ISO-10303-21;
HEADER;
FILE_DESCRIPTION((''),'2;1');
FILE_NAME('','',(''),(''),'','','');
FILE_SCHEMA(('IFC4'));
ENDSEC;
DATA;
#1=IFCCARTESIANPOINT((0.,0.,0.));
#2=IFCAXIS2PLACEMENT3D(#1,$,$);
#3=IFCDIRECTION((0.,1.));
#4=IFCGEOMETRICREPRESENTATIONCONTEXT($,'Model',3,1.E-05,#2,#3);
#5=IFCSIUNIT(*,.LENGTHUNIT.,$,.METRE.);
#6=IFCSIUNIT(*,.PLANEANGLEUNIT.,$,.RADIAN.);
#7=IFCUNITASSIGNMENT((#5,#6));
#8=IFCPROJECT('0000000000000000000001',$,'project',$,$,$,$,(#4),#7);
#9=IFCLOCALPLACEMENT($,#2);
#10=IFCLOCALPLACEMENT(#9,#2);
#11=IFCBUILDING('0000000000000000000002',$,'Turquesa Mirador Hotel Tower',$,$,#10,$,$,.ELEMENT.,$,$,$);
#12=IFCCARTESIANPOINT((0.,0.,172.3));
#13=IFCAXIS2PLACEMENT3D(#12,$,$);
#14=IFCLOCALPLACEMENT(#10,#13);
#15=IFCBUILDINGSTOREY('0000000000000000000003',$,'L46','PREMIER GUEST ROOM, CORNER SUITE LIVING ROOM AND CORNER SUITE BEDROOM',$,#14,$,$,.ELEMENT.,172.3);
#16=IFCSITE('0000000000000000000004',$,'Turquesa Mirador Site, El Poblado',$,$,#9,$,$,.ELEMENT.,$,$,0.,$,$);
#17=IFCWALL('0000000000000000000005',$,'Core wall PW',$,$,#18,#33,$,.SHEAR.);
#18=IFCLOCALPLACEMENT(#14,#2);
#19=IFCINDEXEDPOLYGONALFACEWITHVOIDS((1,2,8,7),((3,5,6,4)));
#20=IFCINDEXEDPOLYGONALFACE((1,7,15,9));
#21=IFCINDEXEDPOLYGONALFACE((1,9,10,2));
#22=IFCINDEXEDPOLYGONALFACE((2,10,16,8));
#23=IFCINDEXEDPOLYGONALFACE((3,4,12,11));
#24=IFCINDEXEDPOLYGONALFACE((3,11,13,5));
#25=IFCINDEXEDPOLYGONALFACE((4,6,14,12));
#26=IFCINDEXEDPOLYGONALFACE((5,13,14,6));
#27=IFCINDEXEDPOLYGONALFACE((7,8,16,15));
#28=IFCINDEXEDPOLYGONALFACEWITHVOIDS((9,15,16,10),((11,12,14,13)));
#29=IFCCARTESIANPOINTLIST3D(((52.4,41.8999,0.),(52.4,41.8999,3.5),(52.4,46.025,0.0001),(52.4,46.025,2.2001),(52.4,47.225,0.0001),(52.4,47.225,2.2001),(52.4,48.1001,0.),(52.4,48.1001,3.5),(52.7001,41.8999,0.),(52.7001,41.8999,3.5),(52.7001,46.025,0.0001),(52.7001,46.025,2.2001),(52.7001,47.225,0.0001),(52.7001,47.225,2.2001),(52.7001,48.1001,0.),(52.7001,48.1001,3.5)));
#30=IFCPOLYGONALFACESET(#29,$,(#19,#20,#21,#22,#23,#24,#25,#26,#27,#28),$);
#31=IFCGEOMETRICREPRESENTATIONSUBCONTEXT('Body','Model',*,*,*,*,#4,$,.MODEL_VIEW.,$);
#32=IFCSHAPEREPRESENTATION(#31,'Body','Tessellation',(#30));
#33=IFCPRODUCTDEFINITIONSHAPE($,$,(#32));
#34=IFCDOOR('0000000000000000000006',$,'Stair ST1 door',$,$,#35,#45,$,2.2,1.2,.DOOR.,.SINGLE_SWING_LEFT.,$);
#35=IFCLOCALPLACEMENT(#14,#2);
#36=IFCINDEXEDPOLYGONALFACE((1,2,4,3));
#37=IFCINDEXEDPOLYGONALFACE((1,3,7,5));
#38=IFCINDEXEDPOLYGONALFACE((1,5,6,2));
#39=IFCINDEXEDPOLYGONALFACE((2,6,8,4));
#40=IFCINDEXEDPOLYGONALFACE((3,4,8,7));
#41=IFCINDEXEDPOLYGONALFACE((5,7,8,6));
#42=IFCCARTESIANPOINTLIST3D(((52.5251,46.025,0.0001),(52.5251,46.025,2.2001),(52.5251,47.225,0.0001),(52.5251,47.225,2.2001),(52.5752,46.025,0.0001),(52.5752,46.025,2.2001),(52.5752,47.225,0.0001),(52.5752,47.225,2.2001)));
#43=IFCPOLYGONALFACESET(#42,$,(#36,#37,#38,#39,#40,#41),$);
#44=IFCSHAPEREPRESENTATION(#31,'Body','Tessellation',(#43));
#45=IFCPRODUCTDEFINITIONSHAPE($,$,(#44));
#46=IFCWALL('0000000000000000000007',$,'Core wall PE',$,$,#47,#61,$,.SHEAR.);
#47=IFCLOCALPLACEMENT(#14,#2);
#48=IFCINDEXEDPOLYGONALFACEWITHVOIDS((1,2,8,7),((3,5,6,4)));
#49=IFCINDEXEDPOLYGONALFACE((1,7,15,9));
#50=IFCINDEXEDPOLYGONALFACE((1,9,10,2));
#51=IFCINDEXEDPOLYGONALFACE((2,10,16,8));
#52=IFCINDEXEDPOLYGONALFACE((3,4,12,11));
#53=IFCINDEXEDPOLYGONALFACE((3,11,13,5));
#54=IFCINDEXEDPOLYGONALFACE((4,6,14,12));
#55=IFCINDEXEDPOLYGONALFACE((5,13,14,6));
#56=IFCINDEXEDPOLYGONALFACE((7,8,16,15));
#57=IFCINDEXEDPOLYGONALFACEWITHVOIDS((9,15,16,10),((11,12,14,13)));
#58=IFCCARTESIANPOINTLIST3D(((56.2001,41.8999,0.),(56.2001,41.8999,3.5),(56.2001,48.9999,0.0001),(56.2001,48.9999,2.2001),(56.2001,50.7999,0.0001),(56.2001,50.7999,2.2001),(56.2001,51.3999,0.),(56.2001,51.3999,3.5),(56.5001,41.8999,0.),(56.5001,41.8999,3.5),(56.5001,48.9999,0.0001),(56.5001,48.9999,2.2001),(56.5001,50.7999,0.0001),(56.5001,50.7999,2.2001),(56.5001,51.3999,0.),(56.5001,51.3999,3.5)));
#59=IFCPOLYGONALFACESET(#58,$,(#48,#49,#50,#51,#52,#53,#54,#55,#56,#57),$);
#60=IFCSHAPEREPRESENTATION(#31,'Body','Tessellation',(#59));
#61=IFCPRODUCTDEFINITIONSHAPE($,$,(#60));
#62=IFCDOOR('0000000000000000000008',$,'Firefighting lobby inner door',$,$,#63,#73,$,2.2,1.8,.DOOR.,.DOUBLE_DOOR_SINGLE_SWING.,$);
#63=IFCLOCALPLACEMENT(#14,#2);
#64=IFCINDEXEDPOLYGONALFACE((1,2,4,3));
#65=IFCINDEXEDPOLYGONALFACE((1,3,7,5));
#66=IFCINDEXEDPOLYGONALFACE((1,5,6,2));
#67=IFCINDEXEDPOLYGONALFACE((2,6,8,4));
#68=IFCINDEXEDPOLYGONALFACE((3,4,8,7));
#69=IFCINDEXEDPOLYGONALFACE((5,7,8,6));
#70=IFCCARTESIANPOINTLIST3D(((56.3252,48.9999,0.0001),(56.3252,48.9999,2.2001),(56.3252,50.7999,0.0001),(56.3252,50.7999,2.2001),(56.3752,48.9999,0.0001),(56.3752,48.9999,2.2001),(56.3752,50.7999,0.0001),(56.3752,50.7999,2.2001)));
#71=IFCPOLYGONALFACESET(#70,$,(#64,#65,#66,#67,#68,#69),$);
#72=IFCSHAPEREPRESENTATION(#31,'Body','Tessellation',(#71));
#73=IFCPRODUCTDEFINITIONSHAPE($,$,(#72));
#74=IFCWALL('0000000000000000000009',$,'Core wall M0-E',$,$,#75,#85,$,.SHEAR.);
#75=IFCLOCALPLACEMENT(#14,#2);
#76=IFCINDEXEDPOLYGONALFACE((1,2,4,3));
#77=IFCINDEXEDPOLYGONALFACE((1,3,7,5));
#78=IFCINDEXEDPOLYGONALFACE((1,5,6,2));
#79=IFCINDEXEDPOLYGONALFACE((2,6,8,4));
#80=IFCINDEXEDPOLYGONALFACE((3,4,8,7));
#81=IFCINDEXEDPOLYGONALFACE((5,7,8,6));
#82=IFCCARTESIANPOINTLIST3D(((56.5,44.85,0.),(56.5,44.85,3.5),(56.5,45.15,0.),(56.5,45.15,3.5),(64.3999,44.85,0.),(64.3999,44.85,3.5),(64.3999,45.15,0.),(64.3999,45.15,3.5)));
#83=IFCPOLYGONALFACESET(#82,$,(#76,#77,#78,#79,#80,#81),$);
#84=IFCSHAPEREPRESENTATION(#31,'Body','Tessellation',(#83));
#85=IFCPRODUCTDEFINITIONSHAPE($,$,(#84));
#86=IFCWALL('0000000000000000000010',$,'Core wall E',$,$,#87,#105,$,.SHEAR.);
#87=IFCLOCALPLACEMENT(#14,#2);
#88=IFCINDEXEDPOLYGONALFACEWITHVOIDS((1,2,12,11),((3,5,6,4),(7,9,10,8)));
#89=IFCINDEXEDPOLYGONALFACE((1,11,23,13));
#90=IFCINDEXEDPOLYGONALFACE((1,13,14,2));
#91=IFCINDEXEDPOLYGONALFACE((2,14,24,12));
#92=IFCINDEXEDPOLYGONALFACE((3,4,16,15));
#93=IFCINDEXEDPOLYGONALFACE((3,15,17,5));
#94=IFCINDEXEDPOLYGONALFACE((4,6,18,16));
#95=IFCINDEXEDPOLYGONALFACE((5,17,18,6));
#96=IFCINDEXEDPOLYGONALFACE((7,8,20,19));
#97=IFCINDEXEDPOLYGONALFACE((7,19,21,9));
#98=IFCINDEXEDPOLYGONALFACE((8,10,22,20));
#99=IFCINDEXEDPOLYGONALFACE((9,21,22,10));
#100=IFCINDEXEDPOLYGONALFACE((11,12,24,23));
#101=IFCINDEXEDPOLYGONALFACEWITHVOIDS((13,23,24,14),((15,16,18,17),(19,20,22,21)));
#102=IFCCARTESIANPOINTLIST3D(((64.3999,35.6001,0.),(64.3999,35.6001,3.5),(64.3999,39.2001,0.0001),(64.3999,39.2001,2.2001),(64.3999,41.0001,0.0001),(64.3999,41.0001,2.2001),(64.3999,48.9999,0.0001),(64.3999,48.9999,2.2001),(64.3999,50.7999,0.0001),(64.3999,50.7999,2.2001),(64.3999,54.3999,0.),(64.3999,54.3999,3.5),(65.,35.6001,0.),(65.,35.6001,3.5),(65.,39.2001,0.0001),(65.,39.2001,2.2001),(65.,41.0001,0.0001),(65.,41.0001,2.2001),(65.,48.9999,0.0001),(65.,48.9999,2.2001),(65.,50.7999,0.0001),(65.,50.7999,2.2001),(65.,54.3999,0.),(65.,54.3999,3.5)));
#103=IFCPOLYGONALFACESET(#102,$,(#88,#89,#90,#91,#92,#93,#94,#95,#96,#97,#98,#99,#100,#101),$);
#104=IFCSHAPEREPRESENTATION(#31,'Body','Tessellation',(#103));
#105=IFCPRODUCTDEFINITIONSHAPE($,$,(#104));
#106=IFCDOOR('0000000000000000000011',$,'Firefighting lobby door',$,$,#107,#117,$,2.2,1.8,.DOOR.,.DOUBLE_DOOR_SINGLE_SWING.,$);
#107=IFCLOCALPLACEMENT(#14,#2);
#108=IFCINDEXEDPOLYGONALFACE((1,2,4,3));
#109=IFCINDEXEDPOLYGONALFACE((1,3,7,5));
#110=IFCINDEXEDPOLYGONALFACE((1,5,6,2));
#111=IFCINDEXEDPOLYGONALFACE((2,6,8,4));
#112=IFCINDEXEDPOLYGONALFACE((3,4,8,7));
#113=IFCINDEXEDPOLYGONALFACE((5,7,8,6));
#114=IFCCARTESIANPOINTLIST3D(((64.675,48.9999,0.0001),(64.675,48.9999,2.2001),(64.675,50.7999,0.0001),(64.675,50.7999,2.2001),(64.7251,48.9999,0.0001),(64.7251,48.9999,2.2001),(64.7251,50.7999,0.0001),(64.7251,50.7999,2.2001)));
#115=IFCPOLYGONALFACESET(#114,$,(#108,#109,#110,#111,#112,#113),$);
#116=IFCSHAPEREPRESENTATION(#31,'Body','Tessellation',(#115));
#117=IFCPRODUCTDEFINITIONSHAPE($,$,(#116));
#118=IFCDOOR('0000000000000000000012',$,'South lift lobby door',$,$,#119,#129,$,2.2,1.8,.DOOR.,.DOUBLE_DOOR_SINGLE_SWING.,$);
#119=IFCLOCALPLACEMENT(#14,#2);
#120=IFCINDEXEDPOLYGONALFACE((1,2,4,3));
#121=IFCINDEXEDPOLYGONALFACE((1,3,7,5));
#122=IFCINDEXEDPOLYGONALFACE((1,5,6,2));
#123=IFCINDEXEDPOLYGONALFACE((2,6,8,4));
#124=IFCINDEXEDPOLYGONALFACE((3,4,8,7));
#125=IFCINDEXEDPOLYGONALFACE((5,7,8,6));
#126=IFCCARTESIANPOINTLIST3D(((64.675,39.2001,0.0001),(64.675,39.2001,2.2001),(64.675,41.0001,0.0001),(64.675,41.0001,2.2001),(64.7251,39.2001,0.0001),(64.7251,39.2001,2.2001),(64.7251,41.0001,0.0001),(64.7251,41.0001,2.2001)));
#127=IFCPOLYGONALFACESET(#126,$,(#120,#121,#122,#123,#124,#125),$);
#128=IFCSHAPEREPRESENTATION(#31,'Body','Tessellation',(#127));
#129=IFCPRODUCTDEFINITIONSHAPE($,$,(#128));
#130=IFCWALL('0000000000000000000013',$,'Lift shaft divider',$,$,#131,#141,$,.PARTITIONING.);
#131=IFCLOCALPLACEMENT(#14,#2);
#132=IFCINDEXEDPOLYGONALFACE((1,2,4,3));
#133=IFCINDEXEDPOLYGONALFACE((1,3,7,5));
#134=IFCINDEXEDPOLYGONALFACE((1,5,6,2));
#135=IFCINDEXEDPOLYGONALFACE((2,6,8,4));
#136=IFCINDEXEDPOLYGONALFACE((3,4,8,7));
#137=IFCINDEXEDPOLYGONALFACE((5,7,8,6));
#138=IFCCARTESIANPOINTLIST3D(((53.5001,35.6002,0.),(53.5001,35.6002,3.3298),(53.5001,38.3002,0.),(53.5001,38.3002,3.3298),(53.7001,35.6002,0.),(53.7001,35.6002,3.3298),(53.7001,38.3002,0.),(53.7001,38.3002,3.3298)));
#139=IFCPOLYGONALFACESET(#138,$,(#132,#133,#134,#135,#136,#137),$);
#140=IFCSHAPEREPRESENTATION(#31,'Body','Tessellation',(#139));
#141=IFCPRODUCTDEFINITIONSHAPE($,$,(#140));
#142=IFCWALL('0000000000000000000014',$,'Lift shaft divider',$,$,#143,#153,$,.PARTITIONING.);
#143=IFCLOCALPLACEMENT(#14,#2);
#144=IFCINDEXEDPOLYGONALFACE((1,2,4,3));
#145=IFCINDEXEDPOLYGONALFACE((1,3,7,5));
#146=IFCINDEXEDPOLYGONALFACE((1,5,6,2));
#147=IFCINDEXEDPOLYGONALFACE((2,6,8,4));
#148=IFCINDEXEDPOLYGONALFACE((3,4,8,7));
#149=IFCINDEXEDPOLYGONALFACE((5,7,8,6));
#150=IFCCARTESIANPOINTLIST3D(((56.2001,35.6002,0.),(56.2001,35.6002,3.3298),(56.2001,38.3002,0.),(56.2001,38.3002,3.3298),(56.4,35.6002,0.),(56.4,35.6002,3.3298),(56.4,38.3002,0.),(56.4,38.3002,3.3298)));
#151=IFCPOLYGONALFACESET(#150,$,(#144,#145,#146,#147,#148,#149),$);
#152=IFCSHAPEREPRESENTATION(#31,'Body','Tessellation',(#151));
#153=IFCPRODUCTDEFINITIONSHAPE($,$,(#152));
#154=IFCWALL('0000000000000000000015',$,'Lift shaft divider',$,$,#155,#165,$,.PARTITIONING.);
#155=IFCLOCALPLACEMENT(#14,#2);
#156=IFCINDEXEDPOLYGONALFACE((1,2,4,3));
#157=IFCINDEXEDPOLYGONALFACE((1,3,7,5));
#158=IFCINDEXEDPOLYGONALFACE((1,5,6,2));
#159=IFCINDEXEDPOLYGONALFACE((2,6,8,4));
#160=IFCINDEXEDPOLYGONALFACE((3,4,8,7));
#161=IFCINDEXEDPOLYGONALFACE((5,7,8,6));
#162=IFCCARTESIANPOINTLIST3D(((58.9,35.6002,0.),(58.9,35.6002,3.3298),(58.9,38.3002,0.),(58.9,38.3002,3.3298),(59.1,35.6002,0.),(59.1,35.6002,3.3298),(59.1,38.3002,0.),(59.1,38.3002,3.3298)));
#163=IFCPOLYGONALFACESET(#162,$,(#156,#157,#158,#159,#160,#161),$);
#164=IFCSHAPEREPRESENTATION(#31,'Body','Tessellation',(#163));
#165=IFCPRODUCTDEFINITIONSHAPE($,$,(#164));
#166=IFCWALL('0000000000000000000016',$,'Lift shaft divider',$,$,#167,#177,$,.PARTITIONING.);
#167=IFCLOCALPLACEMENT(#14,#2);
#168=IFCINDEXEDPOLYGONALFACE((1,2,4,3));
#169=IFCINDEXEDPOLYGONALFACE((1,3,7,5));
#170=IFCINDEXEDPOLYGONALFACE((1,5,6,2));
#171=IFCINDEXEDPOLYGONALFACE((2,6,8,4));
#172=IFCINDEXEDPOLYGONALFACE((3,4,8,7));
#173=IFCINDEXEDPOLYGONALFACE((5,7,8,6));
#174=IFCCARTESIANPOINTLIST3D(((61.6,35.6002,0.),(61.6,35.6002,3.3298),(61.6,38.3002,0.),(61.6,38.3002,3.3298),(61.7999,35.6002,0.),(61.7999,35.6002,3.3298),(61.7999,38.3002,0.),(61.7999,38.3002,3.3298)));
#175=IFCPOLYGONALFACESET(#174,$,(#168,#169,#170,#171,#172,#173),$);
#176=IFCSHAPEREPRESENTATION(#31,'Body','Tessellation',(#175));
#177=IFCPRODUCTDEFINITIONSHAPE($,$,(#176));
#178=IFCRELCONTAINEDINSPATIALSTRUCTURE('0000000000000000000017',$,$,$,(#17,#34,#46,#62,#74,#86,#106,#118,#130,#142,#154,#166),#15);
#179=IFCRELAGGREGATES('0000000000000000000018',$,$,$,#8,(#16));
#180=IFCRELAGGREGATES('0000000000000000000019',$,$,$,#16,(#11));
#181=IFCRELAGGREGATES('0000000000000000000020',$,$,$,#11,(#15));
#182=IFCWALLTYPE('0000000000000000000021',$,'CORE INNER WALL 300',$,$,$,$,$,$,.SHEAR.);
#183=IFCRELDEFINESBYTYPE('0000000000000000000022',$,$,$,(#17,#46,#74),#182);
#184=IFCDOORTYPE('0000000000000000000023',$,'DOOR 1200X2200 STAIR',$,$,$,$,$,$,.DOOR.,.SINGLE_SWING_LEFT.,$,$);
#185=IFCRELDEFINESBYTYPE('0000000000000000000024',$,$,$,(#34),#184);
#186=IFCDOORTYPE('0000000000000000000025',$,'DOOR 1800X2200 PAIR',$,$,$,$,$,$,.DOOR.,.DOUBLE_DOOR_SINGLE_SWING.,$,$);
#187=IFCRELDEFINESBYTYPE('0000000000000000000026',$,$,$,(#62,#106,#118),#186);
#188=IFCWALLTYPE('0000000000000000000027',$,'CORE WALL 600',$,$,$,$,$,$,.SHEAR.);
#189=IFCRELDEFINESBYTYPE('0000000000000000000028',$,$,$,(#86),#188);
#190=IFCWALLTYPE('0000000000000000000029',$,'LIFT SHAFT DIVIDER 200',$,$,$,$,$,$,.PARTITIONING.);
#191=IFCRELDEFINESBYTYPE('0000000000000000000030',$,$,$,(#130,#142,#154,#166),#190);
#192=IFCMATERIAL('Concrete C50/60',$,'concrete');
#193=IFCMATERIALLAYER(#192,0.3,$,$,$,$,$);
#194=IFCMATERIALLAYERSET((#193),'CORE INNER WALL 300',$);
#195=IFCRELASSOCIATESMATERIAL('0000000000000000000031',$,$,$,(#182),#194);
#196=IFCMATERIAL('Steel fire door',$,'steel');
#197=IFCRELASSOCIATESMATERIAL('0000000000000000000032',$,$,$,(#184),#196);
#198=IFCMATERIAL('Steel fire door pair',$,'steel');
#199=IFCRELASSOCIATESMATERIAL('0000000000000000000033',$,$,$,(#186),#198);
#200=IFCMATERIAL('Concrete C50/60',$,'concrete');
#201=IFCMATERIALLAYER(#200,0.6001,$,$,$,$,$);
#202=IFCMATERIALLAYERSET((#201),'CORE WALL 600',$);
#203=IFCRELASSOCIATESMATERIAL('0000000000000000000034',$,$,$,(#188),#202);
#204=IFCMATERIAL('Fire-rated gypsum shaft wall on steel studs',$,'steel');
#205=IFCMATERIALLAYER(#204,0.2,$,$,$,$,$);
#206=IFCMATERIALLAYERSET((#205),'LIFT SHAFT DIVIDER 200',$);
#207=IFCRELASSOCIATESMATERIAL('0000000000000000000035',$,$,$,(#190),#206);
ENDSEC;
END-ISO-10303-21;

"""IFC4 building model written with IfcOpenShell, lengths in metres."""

from ifc_helpers import new_model, si_unit, direction, frame, frame_2d, origin, place, context, subcontext, project, spatial, rectangle, extrude, material, layer, layer_set, type_object, element, fill, save


model = new_model("IFC4")

# Units and contexts
model_context = context("Model", 3, precision=1e-05, world=origin(), true_north=direction((0.0, 1.0)))
body_context = subcontext(model_context, "Body", "Model", "MODEL_VIEW")
ifc_project = project(units=[si_unit("LENGTHUNIT", "METRE"), si_unit("PLANEANGLEUNIT", "RADIAN")], contexts=[model_context])

# Site, building, storey
site_placement = place(None, origin())
site = spatial("IfcSite", under=ifc_project, at=site_placement, Name="Turquesa Mirador Site, El Poblado", CompositionType="ELEMENT", RefElevation=0.0)
building_placement = place(site_placement, origin())
building = spatial("IfcBuilding", under=site, at=building_placement, Name="Turquesa Mirador Hotel Tower", CompositionType="ELEMENT")
storey_placement = place(building_placement, frame((0.0, 0.0, 172.3)))
storey = spatial("IfcBuildingStorey", under=building, at=storey_placement, Name="L46", Description="PREMIER GUEST ROOM, CORNER SUITE LIVING ROOM AND CORNER SUITE BEDROOM", CompositionType="ELEMENT", Elevation=172.3)

# Walls, openings, doors
ifc_material_1 = material(Name="Concrete C50/60", Category="concrete")
ifc_layer_1 = layer(ifc_material_1, 0.3)
ifc_layer_set_1 = layer_set([ifc_layer_1], Name="CORE INNER WALL 300")
wall_type_1 = type_object("IfcWallType", Name="CORE INNER WALL 300", PredefinedType="SHEAR", material=ifc_layer_set_1)
wall_1_placement = place(storey_placement, frame((52.55, 41.8999, 0.0), z_axis=(0.0, 0.0, 1.0), x_axis=(0.0, 1.0, 0.0)))
wall_1 = element("IfcWall", 1, at=wall_1_placement, inside=storey, type_object=wall_type_1, Name="Core wall PW", PredefinedType="SHEAR", context=body_context, shape_type="SweptSolid", body=[
    extrude(rectangle(XDim=6.2002, YDim=0.3, at=frame_2d((3.1001, 0.0))), origin(), (0.0, 0.0, 1.0), 3.5),
])
opening_1_placement = place(wall_1_placement, frame((4.125, 0.0, 0.0)))
opening_1 = element("IfcOpeningElement", 2, at=opening_1_placement, cuts=wall_1, PredefinedType="OPENING", context=body_context, shape_type="SweptSolid", body=[
    extrude(rectangle(XDim=1.2, YDim=2.2, at=frame_2d((0.6001, 1.1001))), frame((0.0, 0.1599, 0.0), z_axis=(0.0, -1.0, 0.0), x_axis=(1.0, 0.0, 0.0)), (0.0, 0.0, 1.0), 0.3201),
])
ifc_material_2 = material(Name="Steel fire door", Category="steel")
door_type_1 = type_object("IfcDoorType", Name="DOOR 1200X2200 STAIR", OperationType="SINGLE_SWING_LEFT", PredefinedType="DOOR", material=ifc_material_2)
door_1_placement = place(opening_1_placement, origin())
door_1 = element("IfcDoor", 3, at=door_1_placement, inside=storey, type_object=door_type_1, Name="Stair ST1 door", OperationType="SINGLE_SWING_LEFT", OverallHeight=2.2, OverallWidth=1.2, PredefinedType="DOOR", context=body_context, shape_type="SweptSolid", body=[
    extrude(rectangle(XDim=1.2, YDim=2.2, at=frame_2d((0.6001, 1.1001))), frame((0.0, 0.0249, 0.0), z_axis=(0.0, -1.0, 0.0), x_axis=(1.0, 0.0, 0.0)), (0.0, 0.0, 1.0), 0.05),
])
fill(opening_1, door_1)
wall_2_placement = place(storey_placement, frame((56.3501, 41.8999, 0.0), z_axis=(0.0, 0.0, 1.0), x_axis=(0.0, 1.0, 0.0)))
wall_2 = element("IfcWall", 4, at=wall_2_placement, inside=storey, type_object=wall_type_1, Name="Core wall PE", PredefinedType="SHEAR", context=body_context, shape_type="SweptSolid", body=[
    extrude(rectangle(XDim=9.5, YDim=0.3, at=frame_2d((4.75, 0.0))), origin(), (0.0, 0.0, 1.0), 3.5),
])
opening_2_placement = place(wall_2_placement, frame((7.1001, 0.0, 0.0)))
opening_2 = element("IfcOpeningElement", 5, at=opening_2_placement, cuts=wall_2, PredefinedType="OPENING", context=body_context, shape_type="SweptSolid", body=[
    extrude(rectangle(XDim=1.8, YDim=2.2, at=frame_2d((0.8999, 1.1001))), frame((0.0, 0.1599, 0.0), z_axis=(0.0, -1.0, 0.0), x_axis=(1.0, 0.0, 0.0)), (0.0, 0.0, 1.0), 0.3201),
])
ifc_material_3 = material(Name="Steel fire door pair", Category="steel")
door_type_2 = type_object("IfcDoorType", Name="DOOR 1800X2200 PAIR", OperationType="DOUBLE_DOOR_SINGLE_SWING", PredefinedType="DOOR", material=ifc_material_3)
door_2_placement = place(opening_2_placement, origin())
door_2 = element("IfcDoor", 6, at=door_2_placement, inside=storey, type_object=door_type_2, Name="Firefighting lobby inner door", OperationType="DOUBLE_DOOR_SINGLE_SWING", OverallHeight=2.2, OverallWidth=1.8, PredefinedType="DOOR", context=body_context, shape_type="SweptSolid", body=[
    extrude(rectangle(XDim=1.8, YDim=2.2, at=frame_2d((0.8999, 1.1001))), frame((0.0, 0.0249, 0.0), z_axis=(0.0, -1.0, 0.0), x_axis=(1.0, 0.0, 0.0)), (0.0, 0.0, 1.0), 0.05),
])
fill(opening_2, door_2)

# Wall
wall_3_placement = place(storey_placement, frame((56.5, 45.0, 0.0), z_axis=(0.0, 0.0, 1.0), x_axis=(1.0, 0.0, 0.0)))
element("IfcWall", 7, at=wall_3_placement, inside=storey, type_object=wall_type_1, Name="Core wall M0-E", PredefinedType="SHEAR", context=body_context, shape_type="SweptSolid", body=[
    extrude(rectangle(XDim=7.8999, YDim=0.3, at=frame_2d((3.95, 0.0))), origin(), (0.0, 0.0, 1.0), 3.5),
])

# Wall, openings, doors
ifc_material_4 = material(Name="Concrete C50/60", Category="concrete")
ifc_layer_2 = layer(ifc_material_4, 0.6001)
ifc_layer_set_2 = layer_set([ifc_layer_2], Name="CORE WALL 600")
wall_type_2 = type_object("IfcWallType", Name="CORE WALL 600", PredefinedType="SHEAR", material=ifc_layer_set_2)
wall_4_placement = place(storey_placement, frame((64.7, 35.6001, 0.0), z_axis=(0.0, 0.0, 1.0), x_axis=(0.0, 1.0, 0.0)))
wall_4 = element("IfcWall", 8, at=wall_4_placement, inside=storey, type_object=wall_type_2, Name="Core wall E", PredefinedType="SHEAR", context=body_context, shape_type="SweptSolid", body=[
    extrude(rectangle(XDim=18.7998, YDim=0.6001, at=frame_2d((9.3999, 0.0))), origin(), (0.0, 0.0, 1.0), 3.5),
])
opening_3_placement = place(wall_4_placement, frame((13.3999, 0.0, 0.0)))
opening_3 = element("IfcOpeningElement", 9, at=opening_3_placement, cuts=wall_4, PredefinedType="OPENING", context=body_context, shape_type="SweptSolid", body=[
    extrude(rectangle(XDim=1.8, YDim=2.2, at=frame_2d((0.8999, 1.1001))), frame((0.0, 0.3101, 0.0), z_axis=(0.0, -1.0, 0.0), x_axis=(1.0, 0.0, 0.0)), (0.0, 0.0, 1.0), 0.6201),
])
opening_4_placement = place(wall_4_placement, frame((3.6001, 0.0, 0.0)))
opening_4 = element("IfcOpeningElement", 10, at=opening_4_placement, cuts=wall_4, PredefinedType="OPENING", context=body_context, shape_type="SweptSolid", body=[
    extrude(rectangle(XDim=1.8, YDim=2.2, at=frame_2d((0.8999, 1.1001))), frame((0.0, 0.3101, 0.0), z_axis=(0.0, -1.0, 0.0), x_axis=(1.0, 0.0, 0.0)), (0.0, 0.0, 1.0), 0.6201),
])
door_3_placement = place(opening_3_placement, origin())
door_3 = element("IfcDoor", 11, at=door_3_placement, inside=storey, type_object=door_type_2, Name="Firefighting lobby door", OperationType="DOUBLE_DOOR_SINGLE_SWING", OverallHeight=2.2, OverallWidth=1.8, PredefinedType="DOOR", context=body_context, shape_type="SweptSolid", body=[
    extrude(rectangle(XDim=1.8, YDim=2.2, at=frame_2d((0.8999, 1.1001))), frame((0.0, 0.0249, 0.0), z_axis=(0.0, -1.0, 0.0), x_axis=(1.0, 0.0, 0.0)), (0.0, 0.0, 1.0), 0.05),
])
fill(opening_3, door_3)
door_4_placement = place(opening_4_placement, origin())
door_4 = element("IfcDoor", 12, at=door_4_placement, inside=storey, type_object=door_type_2, Name="South lift lobby door", OperationType="DOUBLE_DOOR_SINGLE_SWING", OverallHeight=2.2, OverallWidth=1.8, PredefinedType="DOOR", context=body_context, shape_type="SweptSolid", body=[
    extrude(rectangle(XDim=1.8, YDim=2.2, at=frame_2d((0.8999, 1.1001))), frame((0.0, 0.0249, 0.0), z_axis=(0.0, -1.0, 0.0), x_axis=(1.0, 0.0, 0.0)), (0.0, 0.0, 1.0), 0.05),
])
fill(opening_4, door_4)

# Walls
ifc_material_5 = material(Name="Fire-rated gypsum shaft wall on steel studs", Category="steel")
ifc_layer_3 = layer(ifc_material_5, 0.2)
ifc_layer_set_3 = layer_set([ifc_layer_3], Name="LIFT SHAFT DIVIDER 200")
wall_type_3 = type_object("IfcWallType", Name="LIFT SHAFT DIVIDER 200", PredefinedType="PARTITIONING", material=ifc_layer_set_3)
for number, where, z_axis, x_axis, name in (
    (13, (53.6001, 35.6001, 0.0), (0.0, 0.0, 1.0), (0.0, 1.0, 0.0), "Lift shaft divider"),
    (14, (56.3, 35.6001, 0.0), (0.0, 0.0, 1.0), (0.0, 1.0, 0.0), "Lift shaft divider"),
    (15, (59.0, 35.6001, 0.0), (0.0, 0.0, 1.0), (0.0, 1.0, 0.0), "Lift shaft divider"),
    (16, (61.7, 35.6001, 0.0), (0.0, 0.0, 1.0), (0.0, 1.0, 0.0), "Lift shaft divider"),
):
    element("IfcWall", number, at=place(storey_placement, frame(where, z_axis=z_axis, x_axis=x_axis)), inside=storey, type_object=wall_type_3, Name=name, PredefinedType="PARTITIONING", context=body_context, shape_type="SweptSolid", body=[
        extrude(rectangle(XDim=2.7, YDim=0.2, at=frame_2d((1.3501, 0.0))), origin(), (0.0, 0.0, 1.0), 3.3298),
    ])

save(model, "model.ifc")
